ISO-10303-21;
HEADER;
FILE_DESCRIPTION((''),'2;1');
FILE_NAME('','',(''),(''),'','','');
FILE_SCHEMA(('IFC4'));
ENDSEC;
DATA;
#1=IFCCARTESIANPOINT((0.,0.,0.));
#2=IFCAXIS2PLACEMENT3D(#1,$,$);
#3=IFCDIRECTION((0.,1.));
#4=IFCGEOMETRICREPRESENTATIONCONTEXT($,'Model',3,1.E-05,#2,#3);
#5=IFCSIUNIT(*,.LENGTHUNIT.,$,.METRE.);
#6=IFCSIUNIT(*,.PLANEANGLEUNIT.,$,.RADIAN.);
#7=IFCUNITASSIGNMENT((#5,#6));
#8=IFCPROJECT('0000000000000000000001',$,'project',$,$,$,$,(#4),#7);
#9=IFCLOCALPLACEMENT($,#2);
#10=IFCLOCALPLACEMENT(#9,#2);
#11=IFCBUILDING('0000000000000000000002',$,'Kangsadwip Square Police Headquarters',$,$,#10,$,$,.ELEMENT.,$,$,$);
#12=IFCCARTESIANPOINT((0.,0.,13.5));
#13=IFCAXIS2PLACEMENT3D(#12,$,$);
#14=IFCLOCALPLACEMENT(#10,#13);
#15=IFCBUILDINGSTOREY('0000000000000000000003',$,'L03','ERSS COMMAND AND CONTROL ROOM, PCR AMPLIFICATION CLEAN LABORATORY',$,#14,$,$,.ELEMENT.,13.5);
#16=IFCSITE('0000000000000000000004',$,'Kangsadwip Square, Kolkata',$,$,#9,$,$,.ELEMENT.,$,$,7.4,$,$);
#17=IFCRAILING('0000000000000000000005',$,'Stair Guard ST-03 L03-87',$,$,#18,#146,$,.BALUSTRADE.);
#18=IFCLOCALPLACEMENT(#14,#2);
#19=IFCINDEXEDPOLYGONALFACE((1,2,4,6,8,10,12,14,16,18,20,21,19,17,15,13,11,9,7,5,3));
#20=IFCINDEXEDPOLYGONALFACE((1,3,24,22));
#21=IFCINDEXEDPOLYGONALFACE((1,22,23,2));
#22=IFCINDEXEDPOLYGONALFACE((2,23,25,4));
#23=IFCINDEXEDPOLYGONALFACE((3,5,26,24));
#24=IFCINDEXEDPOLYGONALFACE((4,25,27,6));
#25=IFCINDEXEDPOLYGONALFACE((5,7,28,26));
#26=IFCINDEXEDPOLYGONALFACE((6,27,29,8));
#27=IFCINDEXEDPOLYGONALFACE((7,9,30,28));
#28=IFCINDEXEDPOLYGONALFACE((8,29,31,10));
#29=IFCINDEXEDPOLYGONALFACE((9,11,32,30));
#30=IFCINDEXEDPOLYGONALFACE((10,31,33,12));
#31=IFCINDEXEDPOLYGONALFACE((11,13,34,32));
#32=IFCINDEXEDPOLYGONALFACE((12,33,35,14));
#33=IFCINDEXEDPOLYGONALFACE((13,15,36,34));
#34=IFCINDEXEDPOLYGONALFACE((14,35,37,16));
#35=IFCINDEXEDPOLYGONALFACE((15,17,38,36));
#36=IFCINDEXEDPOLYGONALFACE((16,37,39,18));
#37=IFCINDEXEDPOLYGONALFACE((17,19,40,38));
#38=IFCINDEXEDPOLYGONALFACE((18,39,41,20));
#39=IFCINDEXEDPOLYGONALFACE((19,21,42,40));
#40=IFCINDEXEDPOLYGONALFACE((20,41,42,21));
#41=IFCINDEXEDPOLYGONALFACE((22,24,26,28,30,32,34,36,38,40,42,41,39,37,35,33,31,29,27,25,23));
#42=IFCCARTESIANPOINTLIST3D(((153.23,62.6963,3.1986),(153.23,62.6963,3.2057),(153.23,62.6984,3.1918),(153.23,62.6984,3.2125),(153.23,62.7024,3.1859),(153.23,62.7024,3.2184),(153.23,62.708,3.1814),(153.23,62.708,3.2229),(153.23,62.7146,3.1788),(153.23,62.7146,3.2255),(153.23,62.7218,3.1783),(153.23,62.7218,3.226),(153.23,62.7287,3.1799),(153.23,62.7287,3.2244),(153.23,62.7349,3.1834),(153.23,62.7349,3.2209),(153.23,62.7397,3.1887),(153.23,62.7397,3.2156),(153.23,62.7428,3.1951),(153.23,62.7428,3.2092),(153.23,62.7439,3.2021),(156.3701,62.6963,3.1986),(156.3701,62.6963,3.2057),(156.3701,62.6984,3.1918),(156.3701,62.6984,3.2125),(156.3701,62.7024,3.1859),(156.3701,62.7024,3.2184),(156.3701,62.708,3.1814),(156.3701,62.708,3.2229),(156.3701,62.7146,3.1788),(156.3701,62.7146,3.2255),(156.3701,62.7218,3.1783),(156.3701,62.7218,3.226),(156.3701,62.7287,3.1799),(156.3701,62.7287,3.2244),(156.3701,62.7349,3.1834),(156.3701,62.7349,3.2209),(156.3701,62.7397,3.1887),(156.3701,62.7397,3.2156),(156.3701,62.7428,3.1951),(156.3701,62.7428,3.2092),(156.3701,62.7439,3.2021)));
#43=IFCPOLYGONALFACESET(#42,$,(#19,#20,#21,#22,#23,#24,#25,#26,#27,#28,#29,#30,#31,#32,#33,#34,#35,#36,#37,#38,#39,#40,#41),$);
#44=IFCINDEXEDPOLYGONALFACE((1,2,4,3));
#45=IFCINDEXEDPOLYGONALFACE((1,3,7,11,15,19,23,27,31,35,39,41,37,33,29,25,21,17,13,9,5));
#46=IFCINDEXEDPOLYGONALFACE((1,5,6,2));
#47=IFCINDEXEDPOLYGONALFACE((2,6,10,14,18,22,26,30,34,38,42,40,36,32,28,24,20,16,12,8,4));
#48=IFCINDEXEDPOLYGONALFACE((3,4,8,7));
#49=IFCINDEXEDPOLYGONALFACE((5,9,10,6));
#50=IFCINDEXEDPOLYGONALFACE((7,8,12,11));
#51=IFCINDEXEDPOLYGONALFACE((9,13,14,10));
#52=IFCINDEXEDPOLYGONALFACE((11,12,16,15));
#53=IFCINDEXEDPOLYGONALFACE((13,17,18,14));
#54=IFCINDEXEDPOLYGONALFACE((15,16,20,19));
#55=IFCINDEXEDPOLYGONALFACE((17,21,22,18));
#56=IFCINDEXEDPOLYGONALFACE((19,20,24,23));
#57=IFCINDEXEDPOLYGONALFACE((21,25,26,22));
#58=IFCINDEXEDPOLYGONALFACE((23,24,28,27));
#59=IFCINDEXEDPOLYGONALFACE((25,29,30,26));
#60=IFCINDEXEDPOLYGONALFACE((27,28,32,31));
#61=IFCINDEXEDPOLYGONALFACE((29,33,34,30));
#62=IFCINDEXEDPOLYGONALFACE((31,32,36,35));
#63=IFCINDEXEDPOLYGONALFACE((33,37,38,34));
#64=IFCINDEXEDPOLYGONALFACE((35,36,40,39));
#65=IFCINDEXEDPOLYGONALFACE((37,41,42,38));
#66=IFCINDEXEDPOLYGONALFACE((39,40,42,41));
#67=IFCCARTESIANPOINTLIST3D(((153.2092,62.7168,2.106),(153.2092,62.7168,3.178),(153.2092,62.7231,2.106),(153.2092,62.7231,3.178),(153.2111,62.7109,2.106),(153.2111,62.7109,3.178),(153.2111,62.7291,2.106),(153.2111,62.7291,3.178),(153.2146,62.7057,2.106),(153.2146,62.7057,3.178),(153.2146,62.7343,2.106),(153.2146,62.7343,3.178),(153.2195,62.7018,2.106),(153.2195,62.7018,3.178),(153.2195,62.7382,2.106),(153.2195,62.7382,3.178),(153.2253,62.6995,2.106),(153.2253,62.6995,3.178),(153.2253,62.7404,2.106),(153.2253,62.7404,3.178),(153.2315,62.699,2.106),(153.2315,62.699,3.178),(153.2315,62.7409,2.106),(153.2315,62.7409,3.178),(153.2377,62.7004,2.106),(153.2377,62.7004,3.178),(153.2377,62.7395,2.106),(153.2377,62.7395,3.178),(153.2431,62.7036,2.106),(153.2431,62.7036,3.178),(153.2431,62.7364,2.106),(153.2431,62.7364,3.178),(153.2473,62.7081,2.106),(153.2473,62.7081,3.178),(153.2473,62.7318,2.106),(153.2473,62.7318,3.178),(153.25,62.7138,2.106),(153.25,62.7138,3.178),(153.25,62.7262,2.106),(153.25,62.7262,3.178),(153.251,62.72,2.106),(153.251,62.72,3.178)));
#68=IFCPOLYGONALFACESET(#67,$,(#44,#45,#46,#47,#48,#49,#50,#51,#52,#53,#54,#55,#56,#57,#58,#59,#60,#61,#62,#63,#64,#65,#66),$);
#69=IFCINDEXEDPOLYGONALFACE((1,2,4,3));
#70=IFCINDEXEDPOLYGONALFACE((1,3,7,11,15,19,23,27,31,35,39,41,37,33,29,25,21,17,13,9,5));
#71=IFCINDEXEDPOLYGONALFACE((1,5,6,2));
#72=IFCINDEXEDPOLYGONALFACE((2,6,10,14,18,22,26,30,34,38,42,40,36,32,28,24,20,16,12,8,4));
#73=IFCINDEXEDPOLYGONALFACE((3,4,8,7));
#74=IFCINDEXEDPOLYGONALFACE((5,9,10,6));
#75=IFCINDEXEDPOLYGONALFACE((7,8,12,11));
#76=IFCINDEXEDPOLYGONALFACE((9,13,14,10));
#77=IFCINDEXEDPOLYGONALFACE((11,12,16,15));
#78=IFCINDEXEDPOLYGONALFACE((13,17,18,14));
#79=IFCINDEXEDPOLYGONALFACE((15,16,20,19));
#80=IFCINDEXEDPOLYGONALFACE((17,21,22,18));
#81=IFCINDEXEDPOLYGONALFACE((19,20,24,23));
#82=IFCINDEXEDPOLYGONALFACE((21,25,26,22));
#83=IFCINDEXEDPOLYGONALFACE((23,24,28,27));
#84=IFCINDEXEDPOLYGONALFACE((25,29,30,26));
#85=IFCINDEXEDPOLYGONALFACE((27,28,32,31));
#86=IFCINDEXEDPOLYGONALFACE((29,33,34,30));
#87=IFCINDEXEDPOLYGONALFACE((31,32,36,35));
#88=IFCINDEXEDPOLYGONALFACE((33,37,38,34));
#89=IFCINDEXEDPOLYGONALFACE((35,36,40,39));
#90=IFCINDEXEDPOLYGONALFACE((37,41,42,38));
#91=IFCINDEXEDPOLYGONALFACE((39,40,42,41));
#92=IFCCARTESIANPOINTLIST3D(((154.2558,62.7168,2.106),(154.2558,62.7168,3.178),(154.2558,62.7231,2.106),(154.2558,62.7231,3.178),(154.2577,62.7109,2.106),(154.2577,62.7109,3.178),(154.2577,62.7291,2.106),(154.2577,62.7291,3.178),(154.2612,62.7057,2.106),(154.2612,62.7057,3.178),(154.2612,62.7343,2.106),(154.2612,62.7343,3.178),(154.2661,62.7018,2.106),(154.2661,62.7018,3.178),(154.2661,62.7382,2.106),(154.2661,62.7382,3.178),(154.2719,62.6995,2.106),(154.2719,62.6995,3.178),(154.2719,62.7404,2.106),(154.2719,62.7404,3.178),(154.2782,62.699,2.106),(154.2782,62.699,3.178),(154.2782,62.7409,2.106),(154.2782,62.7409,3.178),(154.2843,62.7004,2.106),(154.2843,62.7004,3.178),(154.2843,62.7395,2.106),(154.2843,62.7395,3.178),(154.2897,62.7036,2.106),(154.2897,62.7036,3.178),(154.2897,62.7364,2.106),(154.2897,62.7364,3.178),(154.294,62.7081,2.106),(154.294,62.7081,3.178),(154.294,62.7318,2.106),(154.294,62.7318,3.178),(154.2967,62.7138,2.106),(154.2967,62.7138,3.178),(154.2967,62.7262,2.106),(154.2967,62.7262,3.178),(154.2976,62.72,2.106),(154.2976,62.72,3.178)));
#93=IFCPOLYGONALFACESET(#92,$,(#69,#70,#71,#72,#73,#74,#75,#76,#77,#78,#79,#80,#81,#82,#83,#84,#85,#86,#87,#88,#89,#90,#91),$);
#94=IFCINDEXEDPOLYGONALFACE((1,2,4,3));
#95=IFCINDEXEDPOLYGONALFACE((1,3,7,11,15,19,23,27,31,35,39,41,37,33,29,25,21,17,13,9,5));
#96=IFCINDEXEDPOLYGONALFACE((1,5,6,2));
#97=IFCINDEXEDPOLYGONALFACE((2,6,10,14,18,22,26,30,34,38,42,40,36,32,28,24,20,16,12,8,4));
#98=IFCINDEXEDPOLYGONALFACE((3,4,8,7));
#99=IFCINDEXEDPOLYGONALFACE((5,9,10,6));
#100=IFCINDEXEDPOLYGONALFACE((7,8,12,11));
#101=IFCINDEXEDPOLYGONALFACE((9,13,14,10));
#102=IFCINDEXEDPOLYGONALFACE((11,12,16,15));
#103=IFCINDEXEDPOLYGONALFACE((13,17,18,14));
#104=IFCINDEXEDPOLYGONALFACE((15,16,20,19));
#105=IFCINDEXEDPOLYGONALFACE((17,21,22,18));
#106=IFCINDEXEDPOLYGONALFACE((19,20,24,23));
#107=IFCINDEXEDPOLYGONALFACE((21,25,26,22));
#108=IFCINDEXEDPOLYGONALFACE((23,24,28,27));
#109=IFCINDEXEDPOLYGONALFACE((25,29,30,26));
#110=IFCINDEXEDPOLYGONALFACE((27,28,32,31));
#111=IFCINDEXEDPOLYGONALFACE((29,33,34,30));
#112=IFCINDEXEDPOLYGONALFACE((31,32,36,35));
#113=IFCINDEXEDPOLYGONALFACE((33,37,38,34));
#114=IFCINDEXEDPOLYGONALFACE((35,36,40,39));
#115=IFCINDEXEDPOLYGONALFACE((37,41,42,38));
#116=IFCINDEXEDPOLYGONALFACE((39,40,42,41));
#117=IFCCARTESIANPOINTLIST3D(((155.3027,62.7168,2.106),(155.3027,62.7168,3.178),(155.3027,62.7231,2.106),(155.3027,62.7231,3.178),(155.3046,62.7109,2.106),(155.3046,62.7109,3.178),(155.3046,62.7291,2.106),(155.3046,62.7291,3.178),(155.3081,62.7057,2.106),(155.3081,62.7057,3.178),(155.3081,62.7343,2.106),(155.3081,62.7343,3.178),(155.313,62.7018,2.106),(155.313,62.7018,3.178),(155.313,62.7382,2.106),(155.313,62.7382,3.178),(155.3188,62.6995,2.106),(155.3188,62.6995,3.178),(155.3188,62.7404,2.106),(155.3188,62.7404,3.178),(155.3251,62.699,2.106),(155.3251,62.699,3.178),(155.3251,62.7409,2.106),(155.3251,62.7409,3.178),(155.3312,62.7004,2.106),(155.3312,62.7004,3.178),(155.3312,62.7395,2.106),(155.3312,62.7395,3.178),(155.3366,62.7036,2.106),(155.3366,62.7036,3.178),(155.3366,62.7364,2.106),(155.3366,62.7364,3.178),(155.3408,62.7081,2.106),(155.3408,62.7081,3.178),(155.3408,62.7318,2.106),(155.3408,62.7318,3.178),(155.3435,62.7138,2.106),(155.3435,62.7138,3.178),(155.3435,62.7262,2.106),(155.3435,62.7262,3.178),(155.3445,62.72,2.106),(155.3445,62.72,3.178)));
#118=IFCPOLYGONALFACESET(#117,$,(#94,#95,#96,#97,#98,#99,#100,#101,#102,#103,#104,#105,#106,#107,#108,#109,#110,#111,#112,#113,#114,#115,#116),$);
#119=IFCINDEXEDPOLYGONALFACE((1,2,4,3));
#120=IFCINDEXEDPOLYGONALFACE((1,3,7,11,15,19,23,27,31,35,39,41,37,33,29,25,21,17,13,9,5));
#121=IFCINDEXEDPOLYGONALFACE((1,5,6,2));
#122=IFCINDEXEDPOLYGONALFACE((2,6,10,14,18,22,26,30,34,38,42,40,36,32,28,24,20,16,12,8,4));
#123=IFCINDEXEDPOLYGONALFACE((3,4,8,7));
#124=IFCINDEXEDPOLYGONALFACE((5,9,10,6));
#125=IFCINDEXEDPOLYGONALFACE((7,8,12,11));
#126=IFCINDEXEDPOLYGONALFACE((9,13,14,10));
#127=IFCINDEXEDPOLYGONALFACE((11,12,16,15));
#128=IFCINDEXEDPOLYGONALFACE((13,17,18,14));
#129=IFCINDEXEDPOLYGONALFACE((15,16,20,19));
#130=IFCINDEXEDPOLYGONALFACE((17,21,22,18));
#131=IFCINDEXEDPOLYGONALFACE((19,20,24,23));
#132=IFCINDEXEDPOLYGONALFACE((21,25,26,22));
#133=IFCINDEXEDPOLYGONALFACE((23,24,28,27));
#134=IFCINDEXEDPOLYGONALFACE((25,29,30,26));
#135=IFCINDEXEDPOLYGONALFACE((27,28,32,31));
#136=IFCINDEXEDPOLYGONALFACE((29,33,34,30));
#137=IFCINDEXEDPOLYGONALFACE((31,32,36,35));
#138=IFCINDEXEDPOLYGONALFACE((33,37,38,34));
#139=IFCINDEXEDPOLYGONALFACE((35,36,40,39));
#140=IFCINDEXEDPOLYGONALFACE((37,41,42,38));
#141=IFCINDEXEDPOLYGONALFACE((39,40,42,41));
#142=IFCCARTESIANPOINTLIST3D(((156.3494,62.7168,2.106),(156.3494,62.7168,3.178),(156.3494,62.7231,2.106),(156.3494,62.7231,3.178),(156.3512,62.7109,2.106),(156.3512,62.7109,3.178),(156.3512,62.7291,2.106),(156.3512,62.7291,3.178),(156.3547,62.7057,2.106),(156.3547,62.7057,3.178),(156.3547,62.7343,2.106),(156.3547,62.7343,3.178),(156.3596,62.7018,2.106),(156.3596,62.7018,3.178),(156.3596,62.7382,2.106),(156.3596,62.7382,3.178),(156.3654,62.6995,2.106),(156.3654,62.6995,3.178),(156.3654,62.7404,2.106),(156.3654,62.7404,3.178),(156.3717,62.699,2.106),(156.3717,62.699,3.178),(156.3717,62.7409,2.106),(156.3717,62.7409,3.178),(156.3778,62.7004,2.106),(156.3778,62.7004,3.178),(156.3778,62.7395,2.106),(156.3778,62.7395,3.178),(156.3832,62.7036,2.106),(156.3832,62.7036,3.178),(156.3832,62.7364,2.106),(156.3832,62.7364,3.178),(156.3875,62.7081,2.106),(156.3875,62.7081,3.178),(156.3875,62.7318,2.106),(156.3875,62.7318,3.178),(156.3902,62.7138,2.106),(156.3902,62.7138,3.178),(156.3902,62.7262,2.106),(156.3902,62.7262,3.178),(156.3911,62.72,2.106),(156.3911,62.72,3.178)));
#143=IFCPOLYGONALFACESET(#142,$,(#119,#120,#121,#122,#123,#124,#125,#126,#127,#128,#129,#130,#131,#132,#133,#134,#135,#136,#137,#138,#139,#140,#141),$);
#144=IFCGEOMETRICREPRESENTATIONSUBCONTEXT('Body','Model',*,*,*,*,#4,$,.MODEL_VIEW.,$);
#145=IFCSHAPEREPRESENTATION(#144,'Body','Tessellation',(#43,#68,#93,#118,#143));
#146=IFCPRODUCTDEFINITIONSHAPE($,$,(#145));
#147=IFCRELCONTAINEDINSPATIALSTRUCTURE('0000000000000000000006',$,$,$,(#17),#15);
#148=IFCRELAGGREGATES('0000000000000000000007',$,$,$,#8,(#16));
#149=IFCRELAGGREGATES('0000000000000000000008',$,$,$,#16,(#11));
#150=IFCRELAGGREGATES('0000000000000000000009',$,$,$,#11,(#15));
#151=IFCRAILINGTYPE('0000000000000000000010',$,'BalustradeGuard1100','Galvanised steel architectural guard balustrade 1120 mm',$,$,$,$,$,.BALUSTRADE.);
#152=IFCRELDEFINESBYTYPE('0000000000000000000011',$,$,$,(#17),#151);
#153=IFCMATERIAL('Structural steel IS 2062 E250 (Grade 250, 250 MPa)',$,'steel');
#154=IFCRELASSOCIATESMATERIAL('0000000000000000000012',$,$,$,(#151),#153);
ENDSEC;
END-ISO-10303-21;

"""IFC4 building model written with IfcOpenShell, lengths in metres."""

from ifc_helpers import new_model, si_unit, direction, frame, origin, origin_2d, place, context, subcontext, project, spatial, circle, extrude, material, type_object, element, save


model = new_model("IFC4")

# Units and contexts
model_context = context("Model", 3, precision=1e-05, world=origin(), true_north=direction((0.0, 1.0)))
body_context = subcontext(model_context, "Body", "Model", "MODEL_VIEW")
ifc_project = project(units=[si_unit("LENGTHUNIT", "METRE"), si_unit("PLANEANGLEUNIT", "RADIAN")], contexts=[model_context])

# Site, building, storey
site_placement = place(None, origin())
site = spatial("IfcSite", under=ifc_project, at=site_placement, Name="Kangsadwip Square, Kolkata", CompositionType="ELEMENT", RefElevation=7.4)
building_placement = place(site_placement, origin())
building = spatial("IfcBuilding", under=site, at=building_placement, Name="Kangsadwip Square Police Headquarters", CompositionType="ELEMENT")
storey_placement = place(building_placement, frame((0.0, 0.0, 13.5)))
storey = spatial("IfcBuildingStorey", under=building, at=storey_placement, Name="L03", Description="ERSS COMMAND AND CONTROL ROOM, PCR AMPLIFICATION CLEAN LABORATORY", CompositionType="ELEMENT", Elevation=13.5)

# Railing
ifc_material_1 = material(Name="Structural steel IS 2062 E250 (Grade 250, 250 MPa)", Category="steel")
railing_type_1 = type_object("IfcRailingType", Name="BalustradeGuard1100", Description="Galvanised steel architectural guard balustrade 1120 mm", PredefinedType="BALUSTRADE", material=ifc_material_1)
for number, where, name in (
    (1, (153.23, 62.72, 2.106), "Stair Guard ST-03 L03-87"),
):
    element("IfcRailing", number, at=place(storey_placement, frame(where)), inside=storey, type_object=railing_type_1, Name=name, PredefinedType="BALUSTRADE", context=body_context, shape_type="SweptSolid", body=[
        extrude(circle(Radius=0.0239, at=origin_2d()), frame((0.0, 0.0, 1.0962), z_axis=(1.0, 0.0, 0.0), x_axis=(0.0, 1.0, 0.0)), (0.0, 0.0, 1.0), 3.1401),
        extrude(circle(Radius=0.021, at=origin_2d()), origin(), (0.0, 0.0, 1.0), 1.072),
        extrude(circle(Radius=0.021, at=origin_2d()), frame((1.0466, 0.0, 0.0)), (0.0, 0.0, 1.0), 1.072),
        extrude(circle(Radius=0.021, at=origin_2d()), frame((2.0935, 0.0, 0.0)), (0.0, 0.0, 1.0), 1.072),
        extrude(circle(Radius=0.021, at=origin_2d()), frame((3.1401, 0.0, 0.0)), (0.0, 0.0, 1.0), 1.072),
    ])

save(model, "model.ifc")
